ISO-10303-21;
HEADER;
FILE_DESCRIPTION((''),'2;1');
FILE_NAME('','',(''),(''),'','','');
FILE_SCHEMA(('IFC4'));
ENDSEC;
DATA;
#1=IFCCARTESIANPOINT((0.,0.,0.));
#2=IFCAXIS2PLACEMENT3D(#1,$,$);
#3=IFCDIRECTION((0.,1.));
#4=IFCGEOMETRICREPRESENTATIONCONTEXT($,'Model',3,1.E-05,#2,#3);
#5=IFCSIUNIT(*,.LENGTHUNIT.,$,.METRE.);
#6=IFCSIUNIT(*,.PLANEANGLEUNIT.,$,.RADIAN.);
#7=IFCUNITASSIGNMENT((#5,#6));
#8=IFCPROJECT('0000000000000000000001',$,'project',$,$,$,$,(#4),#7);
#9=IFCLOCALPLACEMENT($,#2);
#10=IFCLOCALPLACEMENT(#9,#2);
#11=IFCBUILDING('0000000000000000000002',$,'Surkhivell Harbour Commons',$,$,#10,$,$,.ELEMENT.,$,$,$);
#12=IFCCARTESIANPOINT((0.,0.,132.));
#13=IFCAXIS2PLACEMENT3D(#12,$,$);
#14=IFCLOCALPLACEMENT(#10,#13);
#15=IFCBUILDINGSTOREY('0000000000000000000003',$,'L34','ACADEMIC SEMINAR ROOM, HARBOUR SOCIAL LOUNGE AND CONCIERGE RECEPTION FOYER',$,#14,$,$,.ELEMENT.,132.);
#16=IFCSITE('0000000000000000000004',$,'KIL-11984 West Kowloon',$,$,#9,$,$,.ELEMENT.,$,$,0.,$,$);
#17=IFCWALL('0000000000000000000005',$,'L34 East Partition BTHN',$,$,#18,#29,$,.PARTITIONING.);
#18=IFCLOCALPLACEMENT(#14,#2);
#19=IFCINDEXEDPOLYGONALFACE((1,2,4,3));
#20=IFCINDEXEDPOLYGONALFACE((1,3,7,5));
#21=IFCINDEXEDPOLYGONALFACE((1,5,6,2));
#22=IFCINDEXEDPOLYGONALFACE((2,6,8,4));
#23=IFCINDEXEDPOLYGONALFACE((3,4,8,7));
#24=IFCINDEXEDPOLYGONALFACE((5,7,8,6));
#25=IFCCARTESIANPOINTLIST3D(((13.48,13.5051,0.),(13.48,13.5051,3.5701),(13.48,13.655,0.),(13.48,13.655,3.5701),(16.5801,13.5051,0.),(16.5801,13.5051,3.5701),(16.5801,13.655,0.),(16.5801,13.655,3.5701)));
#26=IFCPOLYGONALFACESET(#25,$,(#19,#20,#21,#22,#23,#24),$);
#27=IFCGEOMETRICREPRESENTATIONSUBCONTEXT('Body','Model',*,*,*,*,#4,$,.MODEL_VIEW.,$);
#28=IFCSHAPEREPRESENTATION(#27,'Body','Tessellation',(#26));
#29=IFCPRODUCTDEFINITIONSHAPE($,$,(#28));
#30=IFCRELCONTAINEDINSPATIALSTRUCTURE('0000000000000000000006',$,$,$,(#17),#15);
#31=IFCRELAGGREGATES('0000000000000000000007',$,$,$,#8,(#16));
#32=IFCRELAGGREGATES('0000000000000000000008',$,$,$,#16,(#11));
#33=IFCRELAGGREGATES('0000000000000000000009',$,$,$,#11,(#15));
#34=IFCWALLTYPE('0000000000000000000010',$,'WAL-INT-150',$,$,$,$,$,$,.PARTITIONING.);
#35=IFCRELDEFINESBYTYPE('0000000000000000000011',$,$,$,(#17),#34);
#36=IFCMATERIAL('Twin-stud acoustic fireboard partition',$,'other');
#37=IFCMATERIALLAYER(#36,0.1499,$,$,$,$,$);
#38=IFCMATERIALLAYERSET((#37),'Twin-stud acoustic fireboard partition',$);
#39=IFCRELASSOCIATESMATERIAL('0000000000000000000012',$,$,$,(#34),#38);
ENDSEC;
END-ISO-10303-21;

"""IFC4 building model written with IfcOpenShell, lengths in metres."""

from ifc_helpers import new_model, si_unit, direction, frame, frame_2d, origin, place, context, subcontext, project, spatial, rectangle, extrude, material, layer, layer_set, type_object, element, save


model = new_model("IFC4")

# Units and contexts
model_context = context("Model", 3, precision=1e-05, world=origin(), true_north=direction((0.0, 1.0)))
body_context = subcontext(model_context, "Body", "Model", "MODEL_VIEW")
ifc_project = project(units=[si_unit("LENGTHUNIT", "METRE"), si_unit("PLANEANGLEUNIT", "RADIAN")], contexts=[model_context])

# Site, building, storey
site_placement = place(None, origin())
site = spatial("IfcSite", under=ifc_project, at=site_placement, Name="KIL-11984 West Kowloon", CompositionType="ELEMENT", RefElevation=0.0)
building_placement = place(site_placement, origin())
building = spatial("IfcBuilding", under=site, at=building_placement, Name="Surkhivell Harbour Commons", CompositionType="ELEMENT")
storey_placement = place(building_placement, frame((0.0, 0.0, 132.0)))
storey = spatial("IfcBuildingStorey", under=building, at=storey_placement, Name="L34", Description="ACADEMIC SEMINAR ROOM, HARBOUR SOCIAL LOUNGE AND CONCIERGE RECEPTION FOYER", CompositionType="ELEMENT", Elevation=132.0)

# Wall
ifc_material_1 = material(Name="Twin-stud acoustic fireboard partition", Category="other")
ifc_layer_1 = layer(ifc_material_1, 0.1499)
ifc_layer_set_1 = layer_set([ifc_layer_1], Name="Twin-stud acoustic fireboard partition")
wall_type_1 = type_object("IfcWallType", Name="WAL-INT-150", PredefinedType="PARTITIONING", material=ifc_layer_set_1)
wall_1_placement = place(storey_placement, frame((13.48, 13.5801, 0.0), z_axis=(0.0, 0.0, 1.0), x_axis=(1.0, 0.0, 0.0)))
element("IfcWall", 1, at=wall_1_placement, inside=storey, type_object=wall_type_1, Name="L34 East Partition BTHN", PredefinedType="PARTITIONING", context=body_context, shape_type="SweptSolid", body=[
    extrude(rectangle(XDim=3.1001, YDim=0.1499, at=frame_2d((1.55, 0.0))), origin(), (0.0, 0.0, 1.0), 3.5701),
])

save(model, "model.ifc")
